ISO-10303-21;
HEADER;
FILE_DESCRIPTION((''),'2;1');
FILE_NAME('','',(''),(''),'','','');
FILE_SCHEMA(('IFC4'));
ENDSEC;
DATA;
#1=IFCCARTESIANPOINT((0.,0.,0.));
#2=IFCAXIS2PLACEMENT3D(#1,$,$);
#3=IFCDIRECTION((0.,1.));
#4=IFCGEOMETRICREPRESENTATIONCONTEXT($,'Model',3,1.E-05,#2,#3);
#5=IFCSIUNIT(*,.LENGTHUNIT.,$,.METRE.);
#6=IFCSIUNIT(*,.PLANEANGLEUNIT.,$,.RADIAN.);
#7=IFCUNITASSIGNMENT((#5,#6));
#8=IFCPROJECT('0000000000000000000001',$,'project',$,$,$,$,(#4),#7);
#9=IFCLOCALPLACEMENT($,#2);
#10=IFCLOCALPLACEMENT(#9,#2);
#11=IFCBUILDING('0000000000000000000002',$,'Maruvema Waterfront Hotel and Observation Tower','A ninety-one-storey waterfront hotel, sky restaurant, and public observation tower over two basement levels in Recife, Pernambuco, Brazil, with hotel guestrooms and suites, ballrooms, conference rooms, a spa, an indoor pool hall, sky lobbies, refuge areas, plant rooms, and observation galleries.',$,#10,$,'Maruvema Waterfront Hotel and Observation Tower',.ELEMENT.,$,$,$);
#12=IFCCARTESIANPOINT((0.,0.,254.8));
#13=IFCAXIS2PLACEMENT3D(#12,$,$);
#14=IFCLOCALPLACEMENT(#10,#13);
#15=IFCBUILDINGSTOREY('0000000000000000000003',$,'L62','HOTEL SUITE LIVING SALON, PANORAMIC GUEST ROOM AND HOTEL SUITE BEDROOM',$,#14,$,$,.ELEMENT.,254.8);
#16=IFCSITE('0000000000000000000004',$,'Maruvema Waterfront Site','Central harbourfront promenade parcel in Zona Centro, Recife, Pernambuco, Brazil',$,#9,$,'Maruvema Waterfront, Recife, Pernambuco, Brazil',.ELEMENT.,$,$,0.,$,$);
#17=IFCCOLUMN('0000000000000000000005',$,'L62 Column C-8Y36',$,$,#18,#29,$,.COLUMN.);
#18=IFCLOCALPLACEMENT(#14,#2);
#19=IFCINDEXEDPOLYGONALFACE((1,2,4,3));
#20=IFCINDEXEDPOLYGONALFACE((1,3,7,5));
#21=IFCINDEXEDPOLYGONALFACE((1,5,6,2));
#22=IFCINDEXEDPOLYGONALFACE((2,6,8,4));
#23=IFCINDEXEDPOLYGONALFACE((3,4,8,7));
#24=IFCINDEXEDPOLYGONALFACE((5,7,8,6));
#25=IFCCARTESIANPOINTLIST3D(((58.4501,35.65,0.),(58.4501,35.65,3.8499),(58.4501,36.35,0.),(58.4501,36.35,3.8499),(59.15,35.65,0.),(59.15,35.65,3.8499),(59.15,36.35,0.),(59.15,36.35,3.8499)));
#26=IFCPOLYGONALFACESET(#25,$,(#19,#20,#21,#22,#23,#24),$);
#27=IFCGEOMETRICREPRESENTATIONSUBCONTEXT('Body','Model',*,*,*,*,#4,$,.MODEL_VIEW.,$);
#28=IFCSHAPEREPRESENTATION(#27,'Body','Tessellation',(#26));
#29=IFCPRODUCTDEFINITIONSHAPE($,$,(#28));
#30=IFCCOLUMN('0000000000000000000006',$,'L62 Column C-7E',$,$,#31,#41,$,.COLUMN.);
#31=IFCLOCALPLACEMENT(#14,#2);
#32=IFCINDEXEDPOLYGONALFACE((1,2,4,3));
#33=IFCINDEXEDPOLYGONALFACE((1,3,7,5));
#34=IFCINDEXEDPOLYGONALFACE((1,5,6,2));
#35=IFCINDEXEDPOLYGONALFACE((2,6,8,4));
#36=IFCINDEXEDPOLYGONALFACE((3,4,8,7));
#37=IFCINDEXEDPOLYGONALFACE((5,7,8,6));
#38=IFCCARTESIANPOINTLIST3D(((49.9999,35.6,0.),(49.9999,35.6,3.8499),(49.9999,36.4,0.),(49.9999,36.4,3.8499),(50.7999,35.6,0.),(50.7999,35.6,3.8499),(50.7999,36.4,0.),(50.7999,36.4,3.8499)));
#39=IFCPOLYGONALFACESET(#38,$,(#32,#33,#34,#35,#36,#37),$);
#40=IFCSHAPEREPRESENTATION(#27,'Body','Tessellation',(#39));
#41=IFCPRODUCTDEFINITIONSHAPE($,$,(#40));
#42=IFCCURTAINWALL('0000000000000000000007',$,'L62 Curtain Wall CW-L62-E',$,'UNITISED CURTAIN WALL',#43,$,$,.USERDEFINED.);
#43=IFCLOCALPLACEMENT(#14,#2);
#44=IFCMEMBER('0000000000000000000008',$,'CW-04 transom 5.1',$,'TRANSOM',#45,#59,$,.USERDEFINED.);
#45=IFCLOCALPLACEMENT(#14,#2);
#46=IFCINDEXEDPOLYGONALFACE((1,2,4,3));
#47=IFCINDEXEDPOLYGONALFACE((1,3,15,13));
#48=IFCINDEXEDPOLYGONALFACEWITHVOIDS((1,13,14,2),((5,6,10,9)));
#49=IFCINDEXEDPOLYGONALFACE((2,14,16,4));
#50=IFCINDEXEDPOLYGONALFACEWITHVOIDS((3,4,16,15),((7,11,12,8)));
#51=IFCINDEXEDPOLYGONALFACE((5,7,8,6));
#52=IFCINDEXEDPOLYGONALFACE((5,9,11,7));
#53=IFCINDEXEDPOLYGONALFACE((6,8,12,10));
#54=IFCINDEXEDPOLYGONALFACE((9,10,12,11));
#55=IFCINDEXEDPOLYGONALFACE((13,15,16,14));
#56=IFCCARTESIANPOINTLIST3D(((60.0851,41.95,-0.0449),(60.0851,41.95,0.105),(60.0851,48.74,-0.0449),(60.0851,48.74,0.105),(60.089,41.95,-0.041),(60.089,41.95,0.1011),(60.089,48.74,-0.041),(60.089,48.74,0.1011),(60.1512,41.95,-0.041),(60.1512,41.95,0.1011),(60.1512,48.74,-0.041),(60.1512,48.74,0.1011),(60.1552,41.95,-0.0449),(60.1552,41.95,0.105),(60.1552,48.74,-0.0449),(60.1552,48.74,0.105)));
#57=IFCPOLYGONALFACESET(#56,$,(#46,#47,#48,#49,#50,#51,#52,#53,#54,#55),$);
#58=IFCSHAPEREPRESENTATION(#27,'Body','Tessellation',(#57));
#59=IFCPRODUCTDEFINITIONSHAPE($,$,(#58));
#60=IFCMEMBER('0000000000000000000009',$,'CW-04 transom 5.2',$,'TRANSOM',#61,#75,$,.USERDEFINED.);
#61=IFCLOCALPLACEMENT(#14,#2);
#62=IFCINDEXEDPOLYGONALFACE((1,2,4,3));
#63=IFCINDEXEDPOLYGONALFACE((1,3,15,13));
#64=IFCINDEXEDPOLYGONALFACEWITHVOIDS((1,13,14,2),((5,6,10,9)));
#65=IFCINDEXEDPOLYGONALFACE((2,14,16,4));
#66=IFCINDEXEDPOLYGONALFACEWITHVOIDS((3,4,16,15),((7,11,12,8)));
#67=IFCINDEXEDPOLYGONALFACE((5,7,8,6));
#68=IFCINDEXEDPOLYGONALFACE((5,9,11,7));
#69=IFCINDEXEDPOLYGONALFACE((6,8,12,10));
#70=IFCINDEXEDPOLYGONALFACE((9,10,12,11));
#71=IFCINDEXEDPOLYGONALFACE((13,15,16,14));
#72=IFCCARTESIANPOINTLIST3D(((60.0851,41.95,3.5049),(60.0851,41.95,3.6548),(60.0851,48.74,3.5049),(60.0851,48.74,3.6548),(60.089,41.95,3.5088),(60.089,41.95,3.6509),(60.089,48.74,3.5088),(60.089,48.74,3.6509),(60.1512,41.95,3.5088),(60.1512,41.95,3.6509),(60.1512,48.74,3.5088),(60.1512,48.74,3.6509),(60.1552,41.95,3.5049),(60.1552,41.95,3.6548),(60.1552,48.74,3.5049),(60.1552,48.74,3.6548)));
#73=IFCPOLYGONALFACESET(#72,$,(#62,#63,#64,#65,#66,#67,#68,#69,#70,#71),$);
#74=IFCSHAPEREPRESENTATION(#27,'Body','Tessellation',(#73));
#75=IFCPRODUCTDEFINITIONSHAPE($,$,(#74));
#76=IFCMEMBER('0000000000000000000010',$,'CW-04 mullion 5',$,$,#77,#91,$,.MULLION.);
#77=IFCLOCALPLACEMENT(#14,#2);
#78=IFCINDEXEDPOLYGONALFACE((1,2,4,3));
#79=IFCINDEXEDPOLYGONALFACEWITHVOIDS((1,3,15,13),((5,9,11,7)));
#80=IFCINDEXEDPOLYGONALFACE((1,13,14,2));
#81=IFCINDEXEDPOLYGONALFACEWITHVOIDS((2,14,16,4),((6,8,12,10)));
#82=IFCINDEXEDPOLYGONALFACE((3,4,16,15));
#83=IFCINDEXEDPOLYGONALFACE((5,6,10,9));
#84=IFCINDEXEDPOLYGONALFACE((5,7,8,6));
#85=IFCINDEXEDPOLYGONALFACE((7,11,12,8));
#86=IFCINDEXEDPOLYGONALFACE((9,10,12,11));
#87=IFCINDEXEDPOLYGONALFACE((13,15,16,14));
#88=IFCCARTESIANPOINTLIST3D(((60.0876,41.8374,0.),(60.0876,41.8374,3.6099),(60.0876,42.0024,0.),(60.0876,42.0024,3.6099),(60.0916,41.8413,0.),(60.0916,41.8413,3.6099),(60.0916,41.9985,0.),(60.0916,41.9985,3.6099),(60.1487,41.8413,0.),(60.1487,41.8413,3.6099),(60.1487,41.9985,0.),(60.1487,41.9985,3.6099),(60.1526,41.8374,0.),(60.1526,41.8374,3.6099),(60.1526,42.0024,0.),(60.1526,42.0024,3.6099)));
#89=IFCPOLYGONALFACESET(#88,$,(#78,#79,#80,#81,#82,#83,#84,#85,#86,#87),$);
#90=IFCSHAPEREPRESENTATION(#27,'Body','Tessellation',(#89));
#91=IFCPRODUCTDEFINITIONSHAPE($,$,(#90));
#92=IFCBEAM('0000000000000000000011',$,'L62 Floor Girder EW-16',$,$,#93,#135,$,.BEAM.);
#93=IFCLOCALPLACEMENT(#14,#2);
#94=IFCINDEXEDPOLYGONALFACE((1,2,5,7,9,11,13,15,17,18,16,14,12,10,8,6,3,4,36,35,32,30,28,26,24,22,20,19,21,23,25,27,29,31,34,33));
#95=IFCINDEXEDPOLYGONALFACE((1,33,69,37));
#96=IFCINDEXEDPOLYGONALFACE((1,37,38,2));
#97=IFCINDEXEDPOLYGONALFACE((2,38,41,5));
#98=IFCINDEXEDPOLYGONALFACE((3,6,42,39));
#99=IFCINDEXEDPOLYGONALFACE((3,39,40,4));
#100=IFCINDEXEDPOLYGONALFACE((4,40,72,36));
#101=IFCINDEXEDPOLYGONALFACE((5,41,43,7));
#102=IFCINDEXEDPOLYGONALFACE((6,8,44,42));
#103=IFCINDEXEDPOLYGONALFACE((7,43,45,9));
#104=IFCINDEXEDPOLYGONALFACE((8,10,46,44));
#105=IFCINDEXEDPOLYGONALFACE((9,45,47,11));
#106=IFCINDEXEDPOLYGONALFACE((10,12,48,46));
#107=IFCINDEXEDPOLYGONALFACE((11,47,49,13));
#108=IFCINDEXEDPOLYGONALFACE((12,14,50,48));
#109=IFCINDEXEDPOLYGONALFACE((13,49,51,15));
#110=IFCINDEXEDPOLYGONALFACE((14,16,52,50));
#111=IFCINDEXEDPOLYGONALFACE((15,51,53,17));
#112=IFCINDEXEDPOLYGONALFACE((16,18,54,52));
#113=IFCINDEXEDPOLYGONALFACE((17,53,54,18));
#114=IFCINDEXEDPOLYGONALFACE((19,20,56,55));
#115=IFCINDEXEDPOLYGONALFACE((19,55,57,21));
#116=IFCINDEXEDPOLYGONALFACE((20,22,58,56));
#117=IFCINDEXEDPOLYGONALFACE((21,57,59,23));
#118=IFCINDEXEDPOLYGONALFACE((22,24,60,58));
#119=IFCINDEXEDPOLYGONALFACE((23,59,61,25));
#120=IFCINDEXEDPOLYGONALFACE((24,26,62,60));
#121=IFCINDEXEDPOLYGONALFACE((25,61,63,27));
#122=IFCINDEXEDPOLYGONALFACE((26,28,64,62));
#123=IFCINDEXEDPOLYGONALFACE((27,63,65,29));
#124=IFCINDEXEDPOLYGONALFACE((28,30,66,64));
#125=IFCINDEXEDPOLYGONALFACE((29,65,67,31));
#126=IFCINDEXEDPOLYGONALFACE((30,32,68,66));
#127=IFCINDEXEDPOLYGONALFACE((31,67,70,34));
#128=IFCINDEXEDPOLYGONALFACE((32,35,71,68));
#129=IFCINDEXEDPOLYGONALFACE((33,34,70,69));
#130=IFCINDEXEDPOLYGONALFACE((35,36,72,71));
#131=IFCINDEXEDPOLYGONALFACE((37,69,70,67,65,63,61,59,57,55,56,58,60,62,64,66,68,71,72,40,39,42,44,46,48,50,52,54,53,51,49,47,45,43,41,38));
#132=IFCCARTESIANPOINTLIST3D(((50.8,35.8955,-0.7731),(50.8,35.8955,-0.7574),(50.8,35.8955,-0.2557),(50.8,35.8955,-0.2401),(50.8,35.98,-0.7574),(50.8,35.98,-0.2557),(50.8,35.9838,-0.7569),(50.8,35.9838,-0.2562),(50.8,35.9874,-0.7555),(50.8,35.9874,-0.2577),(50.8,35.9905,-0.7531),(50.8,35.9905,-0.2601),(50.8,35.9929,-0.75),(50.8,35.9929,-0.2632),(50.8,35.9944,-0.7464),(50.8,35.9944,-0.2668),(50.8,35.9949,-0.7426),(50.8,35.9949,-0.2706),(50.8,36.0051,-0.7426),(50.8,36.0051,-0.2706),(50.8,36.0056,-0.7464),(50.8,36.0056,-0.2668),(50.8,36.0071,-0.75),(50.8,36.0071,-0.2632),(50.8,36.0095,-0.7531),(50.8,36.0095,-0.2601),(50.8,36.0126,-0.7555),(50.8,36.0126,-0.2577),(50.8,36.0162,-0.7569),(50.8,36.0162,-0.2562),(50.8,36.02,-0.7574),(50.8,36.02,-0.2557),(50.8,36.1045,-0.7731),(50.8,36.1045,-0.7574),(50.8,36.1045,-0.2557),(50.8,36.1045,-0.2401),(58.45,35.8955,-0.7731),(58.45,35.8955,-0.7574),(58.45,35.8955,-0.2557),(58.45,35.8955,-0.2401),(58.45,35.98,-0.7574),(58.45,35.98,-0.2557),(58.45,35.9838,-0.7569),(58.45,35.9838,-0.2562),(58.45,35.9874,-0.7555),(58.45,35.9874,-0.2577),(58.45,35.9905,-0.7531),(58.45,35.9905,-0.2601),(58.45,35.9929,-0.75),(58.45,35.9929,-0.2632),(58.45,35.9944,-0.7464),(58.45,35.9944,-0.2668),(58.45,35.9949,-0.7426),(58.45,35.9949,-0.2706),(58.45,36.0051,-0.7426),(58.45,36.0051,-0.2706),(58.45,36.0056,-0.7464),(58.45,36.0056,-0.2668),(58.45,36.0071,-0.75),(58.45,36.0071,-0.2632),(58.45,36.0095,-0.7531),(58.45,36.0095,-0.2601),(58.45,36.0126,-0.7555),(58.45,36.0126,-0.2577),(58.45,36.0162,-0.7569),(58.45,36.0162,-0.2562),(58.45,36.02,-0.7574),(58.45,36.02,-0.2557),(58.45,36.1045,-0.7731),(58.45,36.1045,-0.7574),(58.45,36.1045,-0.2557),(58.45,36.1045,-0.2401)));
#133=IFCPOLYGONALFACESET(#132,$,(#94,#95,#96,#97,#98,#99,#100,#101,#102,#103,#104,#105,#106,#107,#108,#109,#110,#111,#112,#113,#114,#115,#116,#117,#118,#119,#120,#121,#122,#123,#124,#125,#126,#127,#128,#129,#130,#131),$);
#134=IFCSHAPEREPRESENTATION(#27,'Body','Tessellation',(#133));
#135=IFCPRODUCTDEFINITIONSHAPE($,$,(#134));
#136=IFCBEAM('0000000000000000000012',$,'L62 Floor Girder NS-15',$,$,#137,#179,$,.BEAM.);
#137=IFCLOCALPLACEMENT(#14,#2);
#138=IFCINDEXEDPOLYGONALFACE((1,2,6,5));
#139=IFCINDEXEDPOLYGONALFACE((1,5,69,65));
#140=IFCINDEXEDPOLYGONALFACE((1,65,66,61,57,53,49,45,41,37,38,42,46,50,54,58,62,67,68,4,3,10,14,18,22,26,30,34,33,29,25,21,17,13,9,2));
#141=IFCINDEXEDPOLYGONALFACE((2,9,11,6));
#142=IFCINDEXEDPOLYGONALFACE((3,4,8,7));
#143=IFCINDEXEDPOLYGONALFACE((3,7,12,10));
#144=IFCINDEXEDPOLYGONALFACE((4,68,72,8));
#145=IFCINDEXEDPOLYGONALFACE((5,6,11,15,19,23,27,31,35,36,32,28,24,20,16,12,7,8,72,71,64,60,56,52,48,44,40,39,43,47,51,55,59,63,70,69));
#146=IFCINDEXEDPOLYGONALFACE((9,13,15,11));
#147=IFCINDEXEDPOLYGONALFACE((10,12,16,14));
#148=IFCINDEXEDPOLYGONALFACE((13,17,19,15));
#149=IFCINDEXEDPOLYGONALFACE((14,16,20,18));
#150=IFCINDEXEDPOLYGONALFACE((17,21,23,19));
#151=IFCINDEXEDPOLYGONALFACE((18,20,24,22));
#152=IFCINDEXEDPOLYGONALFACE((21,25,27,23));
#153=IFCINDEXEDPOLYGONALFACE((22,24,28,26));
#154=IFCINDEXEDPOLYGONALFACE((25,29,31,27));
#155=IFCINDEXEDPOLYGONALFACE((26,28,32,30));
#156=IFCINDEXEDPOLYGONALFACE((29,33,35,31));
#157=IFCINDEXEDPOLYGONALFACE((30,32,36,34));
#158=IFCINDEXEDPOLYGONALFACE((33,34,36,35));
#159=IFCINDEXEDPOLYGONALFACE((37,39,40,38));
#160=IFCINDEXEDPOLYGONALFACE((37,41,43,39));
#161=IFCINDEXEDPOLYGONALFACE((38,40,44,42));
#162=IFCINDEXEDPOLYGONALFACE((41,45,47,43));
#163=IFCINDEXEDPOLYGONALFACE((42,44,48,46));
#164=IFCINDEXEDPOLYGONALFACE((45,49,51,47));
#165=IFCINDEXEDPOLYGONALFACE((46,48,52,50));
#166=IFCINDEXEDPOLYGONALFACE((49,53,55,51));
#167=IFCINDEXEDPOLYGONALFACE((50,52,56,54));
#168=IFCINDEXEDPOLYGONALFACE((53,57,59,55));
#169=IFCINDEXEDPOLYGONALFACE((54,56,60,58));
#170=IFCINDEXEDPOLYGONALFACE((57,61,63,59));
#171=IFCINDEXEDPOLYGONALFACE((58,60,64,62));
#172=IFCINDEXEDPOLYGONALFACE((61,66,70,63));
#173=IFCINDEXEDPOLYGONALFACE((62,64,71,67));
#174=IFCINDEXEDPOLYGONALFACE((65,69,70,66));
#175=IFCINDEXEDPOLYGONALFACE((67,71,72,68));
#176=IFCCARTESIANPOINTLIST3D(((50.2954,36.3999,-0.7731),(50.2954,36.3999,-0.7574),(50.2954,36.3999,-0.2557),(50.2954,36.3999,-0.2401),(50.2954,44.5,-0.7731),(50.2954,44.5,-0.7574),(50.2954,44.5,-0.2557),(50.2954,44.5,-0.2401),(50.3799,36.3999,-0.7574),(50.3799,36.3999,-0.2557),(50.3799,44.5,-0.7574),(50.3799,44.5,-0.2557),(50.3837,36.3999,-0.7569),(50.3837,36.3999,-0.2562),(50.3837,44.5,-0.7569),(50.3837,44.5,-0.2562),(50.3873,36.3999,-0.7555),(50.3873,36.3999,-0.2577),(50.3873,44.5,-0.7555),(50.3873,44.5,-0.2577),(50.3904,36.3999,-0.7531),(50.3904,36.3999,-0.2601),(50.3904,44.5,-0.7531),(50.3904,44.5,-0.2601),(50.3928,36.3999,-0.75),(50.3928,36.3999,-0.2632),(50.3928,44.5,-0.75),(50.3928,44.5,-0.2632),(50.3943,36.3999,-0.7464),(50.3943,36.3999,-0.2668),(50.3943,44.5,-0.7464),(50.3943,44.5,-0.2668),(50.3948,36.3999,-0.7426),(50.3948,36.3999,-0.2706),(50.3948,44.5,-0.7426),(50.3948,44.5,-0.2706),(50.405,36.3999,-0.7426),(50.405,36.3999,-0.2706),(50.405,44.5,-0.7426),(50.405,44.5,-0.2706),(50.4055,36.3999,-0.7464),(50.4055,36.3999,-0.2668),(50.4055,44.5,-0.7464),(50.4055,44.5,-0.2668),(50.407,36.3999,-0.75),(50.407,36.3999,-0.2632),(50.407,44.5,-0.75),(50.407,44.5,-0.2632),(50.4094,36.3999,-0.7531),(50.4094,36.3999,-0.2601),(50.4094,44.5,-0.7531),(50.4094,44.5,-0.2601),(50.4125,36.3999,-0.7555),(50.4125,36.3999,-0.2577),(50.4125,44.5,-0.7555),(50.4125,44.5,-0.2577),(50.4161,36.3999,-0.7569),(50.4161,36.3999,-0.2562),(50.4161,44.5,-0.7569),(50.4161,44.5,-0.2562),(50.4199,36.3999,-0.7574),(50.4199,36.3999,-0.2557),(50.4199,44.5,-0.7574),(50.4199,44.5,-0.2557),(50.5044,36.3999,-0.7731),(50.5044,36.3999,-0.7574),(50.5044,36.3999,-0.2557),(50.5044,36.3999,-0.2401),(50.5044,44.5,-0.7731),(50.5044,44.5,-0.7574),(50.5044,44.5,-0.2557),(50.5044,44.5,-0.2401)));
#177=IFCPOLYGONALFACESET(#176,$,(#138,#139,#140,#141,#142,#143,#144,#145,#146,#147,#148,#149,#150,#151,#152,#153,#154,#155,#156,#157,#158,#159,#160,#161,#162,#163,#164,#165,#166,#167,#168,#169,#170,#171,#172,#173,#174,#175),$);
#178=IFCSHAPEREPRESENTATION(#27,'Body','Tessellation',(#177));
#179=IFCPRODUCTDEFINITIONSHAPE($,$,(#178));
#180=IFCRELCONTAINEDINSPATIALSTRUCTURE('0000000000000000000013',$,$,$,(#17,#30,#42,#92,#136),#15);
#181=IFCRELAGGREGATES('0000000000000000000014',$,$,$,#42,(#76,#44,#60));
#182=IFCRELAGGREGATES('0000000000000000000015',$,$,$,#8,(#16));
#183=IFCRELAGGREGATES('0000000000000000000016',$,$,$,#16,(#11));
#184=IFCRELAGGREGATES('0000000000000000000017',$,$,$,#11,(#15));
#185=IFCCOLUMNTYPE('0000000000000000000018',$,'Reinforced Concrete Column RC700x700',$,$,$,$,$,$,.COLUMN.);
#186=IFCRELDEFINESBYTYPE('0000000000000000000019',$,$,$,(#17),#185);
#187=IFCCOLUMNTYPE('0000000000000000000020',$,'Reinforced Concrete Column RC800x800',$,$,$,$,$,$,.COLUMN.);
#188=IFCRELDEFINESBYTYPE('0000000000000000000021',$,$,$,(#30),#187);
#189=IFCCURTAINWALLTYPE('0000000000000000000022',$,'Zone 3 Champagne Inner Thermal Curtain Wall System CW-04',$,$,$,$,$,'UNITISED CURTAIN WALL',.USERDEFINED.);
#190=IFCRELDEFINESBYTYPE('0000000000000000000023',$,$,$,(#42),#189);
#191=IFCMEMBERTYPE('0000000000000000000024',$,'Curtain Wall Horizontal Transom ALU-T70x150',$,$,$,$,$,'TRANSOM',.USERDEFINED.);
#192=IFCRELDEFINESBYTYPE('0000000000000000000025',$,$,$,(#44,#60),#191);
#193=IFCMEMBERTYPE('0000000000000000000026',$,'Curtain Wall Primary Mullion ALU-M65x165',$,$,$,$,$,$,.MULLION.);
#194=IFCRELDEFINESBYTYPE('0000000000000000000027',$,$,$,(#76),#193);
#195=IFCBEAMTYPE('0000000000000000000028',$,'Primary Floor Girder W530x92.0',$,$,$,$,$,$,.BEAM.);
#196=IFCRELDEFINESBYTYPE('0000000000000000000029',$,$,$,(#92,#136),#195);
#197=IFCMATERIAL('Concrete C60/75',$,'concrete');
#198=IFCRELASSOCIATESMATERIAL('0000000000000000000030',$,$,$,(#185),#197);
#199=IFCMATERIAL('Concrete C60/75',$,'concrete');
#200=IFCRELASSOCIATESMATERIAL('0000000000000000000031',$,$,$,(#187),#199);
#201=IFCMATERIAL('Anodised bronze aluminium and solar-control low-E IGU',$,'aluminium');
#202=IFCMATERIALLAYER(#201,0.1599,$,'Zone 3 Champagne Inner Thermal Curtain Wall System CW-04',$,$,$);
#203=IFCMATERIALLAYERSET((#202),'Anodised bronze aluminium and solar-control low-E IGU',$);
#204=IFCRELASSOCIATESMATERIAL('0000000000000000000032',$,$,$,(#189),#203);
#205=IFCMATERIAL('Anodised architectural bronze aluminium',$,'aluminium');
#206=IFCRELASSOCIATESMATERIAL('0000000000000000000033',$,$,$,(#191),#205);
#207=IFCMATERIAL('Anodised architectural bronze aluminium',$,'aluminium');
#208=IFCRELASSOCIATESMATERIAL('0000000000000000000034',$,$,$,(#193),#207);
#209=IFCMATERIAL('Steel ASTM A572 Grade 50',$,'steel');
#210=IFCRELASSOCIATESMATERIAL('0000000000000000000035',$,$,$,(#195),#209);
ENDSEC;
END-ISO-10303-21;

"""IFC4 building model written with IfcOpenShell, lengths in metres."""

from ifc_helpers import new_model, si_unit, direction, frame, origin, origin_2d, place, context, subcontext, project, spatial, rectangle, hollow_rectangle, i_section, extrude, material, layer, layer_set, material_profile, profile_set, type_object, element, aggregate, save


model = new_model("IFC4")

# Units and contexts
model_context = context("Model", 3, precision=1e-05, world=origin(), true_north=direction((0.0, 1.0)))
body_context = subcontext(model_context, "Body", "Model", "MODEL_VIEW")
ifc_project = project(units=[si_unit("LENGTHUNIT", "METRE"), si_unit("PLANEANGLEUNIT", "RADIAN")], contexts=[model_context])

# Site, building, storey
site_placement = place(None, origin())
site = spatial("IfcSite", under=ifc_project, at=site_placement, Name="Maruvema Waterfront Site", Description="Central harbourfront promenade parcel in Zona Centro, Recife, Pernambuco, Brazil", LongName="Maruvema Waterfront, Recife, Pernambuco, Brazil", CompositionType="ELEMENT", RefElevation=0.0)
building_placement = place(site_placement, origin())
building = spatial("IfcBuilding", under=site, at=building_placement, Name="Maruvema Waterfront Hotel and Observation Tower", Description="A ninety-one-storey waterfront hotel, sky restaurant, and public observation tower over two basement levels in Recife, Pernambuco, Brazil, with hotel guestrooms and suites, ballrooms, conference rooms, a spa, an indoor pool hall, sky lobbies, refuge areas, plant rooms, and observation galleries.", LongName="Maruvema Waterfront Hotel and Observation Tower", CompositionType="ELEMENT")
storey_placement = place(building_placement, frame((0.0, 0.0, 254.8)))
storey = spatial("IfcBuildingStorey", under=building, at=storey_placement, Name="L62", Description="HOTEL SUITE LIVING SALON, PANORAMIC GUEST ROOM AND HOTEL SUITE BEDROOM", CompositionType="ELEMENT", Elevation=254.8)

# Columns
ifc_material_1 = material(Name="Concrete C60/75", Category="concrete")
ifc_material_profile_1 = material_profile(ifc_material_1, rectangle(XDim=0.7, YDim=0.7, at=origin_2d()), Name="RC700x700")
ifc_profile_set_1 = profile_set([ifc_material_profile_1], Name="Concrete C60/75")
column_type_1 = type_object("IfcColumnType", Name="Reinforced Concrete Column RC700x700", PredefinedType="COLUMN", material=ifc_profile_set_1)
column_1_placement = place(storey_placement, frame((58.8, 36.0, 0.0), z_axis=(0.0, 0.0, 1.0), x_axis=(1.0, 0.0, 0.0)))
element("IfcColumn", 1, at=column_1_placement, inside=storey, type_object=column_type_1, Name="L62 Column C-8Y36", PredefinedType="COLUMN", context=body_context, shape_type="SweptSolid", body=[
    extrude(rectangle(XDim=0.7, YDim=0.7, at=origin_2d()), origin(), (0.0, 0.0, 1.0), 3.8499),
])
ifc_material_2 = material(Name="Concrete C60/75", Category="concrete")
ifc_material_profile_2 = material_profile(ifc_material_2, rectangle(XDim=0.8, YDim=0.8, at=origin_2d()), Name="RC800x800")
ifc_profile_set_2 = profile_set([ifc_material_profile_2], Name="Concrete C60/75")
column_type_2 = type_object("IfcColumnType", Name="Reinforced Concrete Column RC800x800", PredefinedType="COLUMN", material=ifc_profile_set_2)
column_2_placement = place(storey_placement, frame((50.3999, 36.0, 0.0), z_axis=(0.0, 0.0, 1.0), x_axis=(1.0, 0.0, 0.0)))
element("IfcColumn", 2, at=column_2_placement, inside=storey, type_object=column_type_2, Name="L62 Column C-7E", PredefinedType="COLUMN", context=body_context, shape_type="SweptSolid", body=[
    extrude(rectangle(XDim=0.8, YDim=0.8, at=origin_2d()), origin(), (0.0, 0.0, 1.0), 3.8499),
])

# Curtain wall, members
ifc_material_3 = material(Name="Anodised bronze aluminium and solar-control low-E IGU", Category="aluminium")
ifc_layer_1 = layer(ifc_material_3, 0.1599, Name="Zone 3 Champagne Inner Thermal Curtain Wall System CW-04")
ifc_layer_set_1 = layer_set([ifc_layer_1], Name="Anodised bronze aluminium and solar-control low-E IGU")
curtain_wall_type = type_object("IfcCurtainWallType", Name="Zone 3 Champagne Inner Thermal Curtain Wall System CW-04", ElementType="UNITISED CURTAIN WALL", PredefinedType="USERDEFINED", material=ifc_layer_set_1)
curtain_wall_placement = place(storey_placement, origin())
curtain_wall = element("IfcCurtainWall", 3, at=curtain_wall_placement, inside=storey, type_object=curtain_wall_type, Name="L62 Curtain Wall CW-L62-E", ObjectType="UNITISED CURTAIN WALL", PredefinedType="USERDEFINED")
ifc_material_4 = material(Name="Anodised architectural bronze aluminium", Category="aluminium")
ifc_material_profile_3 = material_profile(ifc_material_4, hollow_rectangle(XDim=0.0701, YDim=0.1499, WallThickness=0.0039, at=origin_2d()), Name="ALU-T70x150")
ifc_profile_set_3 = profile_set([ifc_material_profile_3], Name="Anodised architectural bronze aluminium")
member_type_1 = type_object("IfcMemberType", Name="Curtain Wall Horizontal Transom ALU-T70x150", ElementType="TRANSOM", PredefinedType="USERDEFINED", material=ifc_profile_set_3)
member_1_placement = place(storey_placement, frame((60.1201, 41.95, 0.03), z_axis=(0.0, 1.0, 0.0), x_axis=(-1.0, 0.0, 0.0)))
member_1 = element("IfcMember", 4, at=member_1_placement, type_object=member_type_1, Name="CW-04 transom 5.1", ObjectType="TRANSOM", PredefinedType="USERDEFINED", context=body_context, shape_type="SweptSolid", body=[
    extrude(hollow_rectangle(XDim=0.0701, YDim=0.1499, WallThickness=0.0039, at=origin_2d()), origin(), (0.0, 0.0, 1.0), 6.79),
])
member_2_placement = place(storey_placement, frame((60.1201, 41.95, 3.5798), z_axis=(0.0, 1.0, 0.0), x_axis=(-1.0, 0.0, 0.0)))
member_2 = element("IfcMember", 5, at=member_2_placement, type_object=member_type_1, Name="CW-04 transom 5.2", ObjectType="TRANSOM", PredefinedType="USERDEFINED", context=body_context, shape_type="SweptSolid", body=[
    extrude(hollow_rectangle(XDim=0.0701, YDim=0.1499, WallThickness=0.0039, at=origin_2d()), origin(), (0.0, 0.0, 1.0), 6.79),
])
ifc_material_5 = material(Name="Anodised architectural bronze aluminium", Category="aluminium")
ifc_material_profile_4 = material_profile(ifc_material_5, hollow_rectangle(XDim=0.0649, YDim=0.165, WallThickness=0.0039, at=origin_2d()), Name="ALU-M65x165")
ifc_profile_set_4 = profile_set([ifc_material_profile_4], Name="Anodised architectural bronze aluminium")
member_type_2 = type_object("IfcMemberType", Name="Curtain Wall Primary Mullion ALU-M65x165", PredefinedType="MULLION", material=ifc_profile_set_4)
member_3_placement = place(storey_placement, frame((60.1201, 41.9199, 0.0), z_axis=(0.0, 0.0, 1.0), x_axis=(-1.0, 0.0, 0.0)))
member_3 = element("IfcMember", 6, at=member_3_placement, type_object=member_type_2, Name="CW-04 mullion 5", PredefinedType="MULLION", context=body_context, shape_type="SweptSolid", body=[
    extrude(hollow_rectangle(XDim=0.0649, YDim=0.165, WallThickness=0.0039, at=origin_2d()), origin(), (0.0, 0.0, 1.0), 3.6099),
])

# Beams
ifc_material_6 = material(Name="Steel ASTM A572 Grade 50", Category="steel")
ifc_material_profile_5 = material_profile(ifc_material_6, i_section(OverallWidth=0.209, OverallDepth=0.533, WebThickness=0.0103, FlangeThickness=0.0156, FilletRadius=0.0149, at=origin_2d()), Name="W530x92.0")
ifc_profile_set_5 = profile_set([ifc_material_profile_5], Name="Steel ASTM A572 Grade 50")
beam_type_1 = type_object("IfcBeamType", Name="Primary Floor Girder W530x92.0", PredefinedType="BEAM", material=ifc_profile_set_5)
beam_1_placement = place(storey_placement, frame((50.8, 36.0, -0.5066), z_axis=(1.0, 0.0, 0.0), x_axis=(0.0, 1.0, 0.0)))
element("IfcBeam", 7, at=beam_1_placement, inside=storey, type_object=beam_type_1, Name="L62 Floor Girder EW-16", PredefinedType="BEAM", context=body_context, shape_type="SweptSolid", body=[
    extrude(i_section(OverallWidth=0.209, OverallDepth=0.533, WebThickness=0.0103, FlangeThickness=0.0156, FilletRadius=0.0149, at=origin_2d()), origin(), (0.0, 0.0, 1.0), 7.6499),
])
beam_2_placement = place(storey_placement, frame((50.3999, 36.3999, -0.5066), z_axis=(0.0, 1.0, 0.0), x_axis=(-1.0, 0.0, 0.0)))
element("IfcBeam", 8, at=beam_2_placement, inside=storey, type_object=beam_type_1, Name="L62 Floor Girder NS-15", PredefinedType="BEAM", context=body_context, shape_type="SweptSolid", body=[
    extrude(i_section(OverallWidth=0.209, OverallDepth=0.533, WebThickness=0.0103, FlangeThickness=0.0156, FilletRadius=0.0149, at=origin_2d()), origin(), (0.0, 0.0, 1.0), 8.1001),
])

aggregate(curtain_wall, [member_3, member_1, member_2])

save(model, "model.ifc")
